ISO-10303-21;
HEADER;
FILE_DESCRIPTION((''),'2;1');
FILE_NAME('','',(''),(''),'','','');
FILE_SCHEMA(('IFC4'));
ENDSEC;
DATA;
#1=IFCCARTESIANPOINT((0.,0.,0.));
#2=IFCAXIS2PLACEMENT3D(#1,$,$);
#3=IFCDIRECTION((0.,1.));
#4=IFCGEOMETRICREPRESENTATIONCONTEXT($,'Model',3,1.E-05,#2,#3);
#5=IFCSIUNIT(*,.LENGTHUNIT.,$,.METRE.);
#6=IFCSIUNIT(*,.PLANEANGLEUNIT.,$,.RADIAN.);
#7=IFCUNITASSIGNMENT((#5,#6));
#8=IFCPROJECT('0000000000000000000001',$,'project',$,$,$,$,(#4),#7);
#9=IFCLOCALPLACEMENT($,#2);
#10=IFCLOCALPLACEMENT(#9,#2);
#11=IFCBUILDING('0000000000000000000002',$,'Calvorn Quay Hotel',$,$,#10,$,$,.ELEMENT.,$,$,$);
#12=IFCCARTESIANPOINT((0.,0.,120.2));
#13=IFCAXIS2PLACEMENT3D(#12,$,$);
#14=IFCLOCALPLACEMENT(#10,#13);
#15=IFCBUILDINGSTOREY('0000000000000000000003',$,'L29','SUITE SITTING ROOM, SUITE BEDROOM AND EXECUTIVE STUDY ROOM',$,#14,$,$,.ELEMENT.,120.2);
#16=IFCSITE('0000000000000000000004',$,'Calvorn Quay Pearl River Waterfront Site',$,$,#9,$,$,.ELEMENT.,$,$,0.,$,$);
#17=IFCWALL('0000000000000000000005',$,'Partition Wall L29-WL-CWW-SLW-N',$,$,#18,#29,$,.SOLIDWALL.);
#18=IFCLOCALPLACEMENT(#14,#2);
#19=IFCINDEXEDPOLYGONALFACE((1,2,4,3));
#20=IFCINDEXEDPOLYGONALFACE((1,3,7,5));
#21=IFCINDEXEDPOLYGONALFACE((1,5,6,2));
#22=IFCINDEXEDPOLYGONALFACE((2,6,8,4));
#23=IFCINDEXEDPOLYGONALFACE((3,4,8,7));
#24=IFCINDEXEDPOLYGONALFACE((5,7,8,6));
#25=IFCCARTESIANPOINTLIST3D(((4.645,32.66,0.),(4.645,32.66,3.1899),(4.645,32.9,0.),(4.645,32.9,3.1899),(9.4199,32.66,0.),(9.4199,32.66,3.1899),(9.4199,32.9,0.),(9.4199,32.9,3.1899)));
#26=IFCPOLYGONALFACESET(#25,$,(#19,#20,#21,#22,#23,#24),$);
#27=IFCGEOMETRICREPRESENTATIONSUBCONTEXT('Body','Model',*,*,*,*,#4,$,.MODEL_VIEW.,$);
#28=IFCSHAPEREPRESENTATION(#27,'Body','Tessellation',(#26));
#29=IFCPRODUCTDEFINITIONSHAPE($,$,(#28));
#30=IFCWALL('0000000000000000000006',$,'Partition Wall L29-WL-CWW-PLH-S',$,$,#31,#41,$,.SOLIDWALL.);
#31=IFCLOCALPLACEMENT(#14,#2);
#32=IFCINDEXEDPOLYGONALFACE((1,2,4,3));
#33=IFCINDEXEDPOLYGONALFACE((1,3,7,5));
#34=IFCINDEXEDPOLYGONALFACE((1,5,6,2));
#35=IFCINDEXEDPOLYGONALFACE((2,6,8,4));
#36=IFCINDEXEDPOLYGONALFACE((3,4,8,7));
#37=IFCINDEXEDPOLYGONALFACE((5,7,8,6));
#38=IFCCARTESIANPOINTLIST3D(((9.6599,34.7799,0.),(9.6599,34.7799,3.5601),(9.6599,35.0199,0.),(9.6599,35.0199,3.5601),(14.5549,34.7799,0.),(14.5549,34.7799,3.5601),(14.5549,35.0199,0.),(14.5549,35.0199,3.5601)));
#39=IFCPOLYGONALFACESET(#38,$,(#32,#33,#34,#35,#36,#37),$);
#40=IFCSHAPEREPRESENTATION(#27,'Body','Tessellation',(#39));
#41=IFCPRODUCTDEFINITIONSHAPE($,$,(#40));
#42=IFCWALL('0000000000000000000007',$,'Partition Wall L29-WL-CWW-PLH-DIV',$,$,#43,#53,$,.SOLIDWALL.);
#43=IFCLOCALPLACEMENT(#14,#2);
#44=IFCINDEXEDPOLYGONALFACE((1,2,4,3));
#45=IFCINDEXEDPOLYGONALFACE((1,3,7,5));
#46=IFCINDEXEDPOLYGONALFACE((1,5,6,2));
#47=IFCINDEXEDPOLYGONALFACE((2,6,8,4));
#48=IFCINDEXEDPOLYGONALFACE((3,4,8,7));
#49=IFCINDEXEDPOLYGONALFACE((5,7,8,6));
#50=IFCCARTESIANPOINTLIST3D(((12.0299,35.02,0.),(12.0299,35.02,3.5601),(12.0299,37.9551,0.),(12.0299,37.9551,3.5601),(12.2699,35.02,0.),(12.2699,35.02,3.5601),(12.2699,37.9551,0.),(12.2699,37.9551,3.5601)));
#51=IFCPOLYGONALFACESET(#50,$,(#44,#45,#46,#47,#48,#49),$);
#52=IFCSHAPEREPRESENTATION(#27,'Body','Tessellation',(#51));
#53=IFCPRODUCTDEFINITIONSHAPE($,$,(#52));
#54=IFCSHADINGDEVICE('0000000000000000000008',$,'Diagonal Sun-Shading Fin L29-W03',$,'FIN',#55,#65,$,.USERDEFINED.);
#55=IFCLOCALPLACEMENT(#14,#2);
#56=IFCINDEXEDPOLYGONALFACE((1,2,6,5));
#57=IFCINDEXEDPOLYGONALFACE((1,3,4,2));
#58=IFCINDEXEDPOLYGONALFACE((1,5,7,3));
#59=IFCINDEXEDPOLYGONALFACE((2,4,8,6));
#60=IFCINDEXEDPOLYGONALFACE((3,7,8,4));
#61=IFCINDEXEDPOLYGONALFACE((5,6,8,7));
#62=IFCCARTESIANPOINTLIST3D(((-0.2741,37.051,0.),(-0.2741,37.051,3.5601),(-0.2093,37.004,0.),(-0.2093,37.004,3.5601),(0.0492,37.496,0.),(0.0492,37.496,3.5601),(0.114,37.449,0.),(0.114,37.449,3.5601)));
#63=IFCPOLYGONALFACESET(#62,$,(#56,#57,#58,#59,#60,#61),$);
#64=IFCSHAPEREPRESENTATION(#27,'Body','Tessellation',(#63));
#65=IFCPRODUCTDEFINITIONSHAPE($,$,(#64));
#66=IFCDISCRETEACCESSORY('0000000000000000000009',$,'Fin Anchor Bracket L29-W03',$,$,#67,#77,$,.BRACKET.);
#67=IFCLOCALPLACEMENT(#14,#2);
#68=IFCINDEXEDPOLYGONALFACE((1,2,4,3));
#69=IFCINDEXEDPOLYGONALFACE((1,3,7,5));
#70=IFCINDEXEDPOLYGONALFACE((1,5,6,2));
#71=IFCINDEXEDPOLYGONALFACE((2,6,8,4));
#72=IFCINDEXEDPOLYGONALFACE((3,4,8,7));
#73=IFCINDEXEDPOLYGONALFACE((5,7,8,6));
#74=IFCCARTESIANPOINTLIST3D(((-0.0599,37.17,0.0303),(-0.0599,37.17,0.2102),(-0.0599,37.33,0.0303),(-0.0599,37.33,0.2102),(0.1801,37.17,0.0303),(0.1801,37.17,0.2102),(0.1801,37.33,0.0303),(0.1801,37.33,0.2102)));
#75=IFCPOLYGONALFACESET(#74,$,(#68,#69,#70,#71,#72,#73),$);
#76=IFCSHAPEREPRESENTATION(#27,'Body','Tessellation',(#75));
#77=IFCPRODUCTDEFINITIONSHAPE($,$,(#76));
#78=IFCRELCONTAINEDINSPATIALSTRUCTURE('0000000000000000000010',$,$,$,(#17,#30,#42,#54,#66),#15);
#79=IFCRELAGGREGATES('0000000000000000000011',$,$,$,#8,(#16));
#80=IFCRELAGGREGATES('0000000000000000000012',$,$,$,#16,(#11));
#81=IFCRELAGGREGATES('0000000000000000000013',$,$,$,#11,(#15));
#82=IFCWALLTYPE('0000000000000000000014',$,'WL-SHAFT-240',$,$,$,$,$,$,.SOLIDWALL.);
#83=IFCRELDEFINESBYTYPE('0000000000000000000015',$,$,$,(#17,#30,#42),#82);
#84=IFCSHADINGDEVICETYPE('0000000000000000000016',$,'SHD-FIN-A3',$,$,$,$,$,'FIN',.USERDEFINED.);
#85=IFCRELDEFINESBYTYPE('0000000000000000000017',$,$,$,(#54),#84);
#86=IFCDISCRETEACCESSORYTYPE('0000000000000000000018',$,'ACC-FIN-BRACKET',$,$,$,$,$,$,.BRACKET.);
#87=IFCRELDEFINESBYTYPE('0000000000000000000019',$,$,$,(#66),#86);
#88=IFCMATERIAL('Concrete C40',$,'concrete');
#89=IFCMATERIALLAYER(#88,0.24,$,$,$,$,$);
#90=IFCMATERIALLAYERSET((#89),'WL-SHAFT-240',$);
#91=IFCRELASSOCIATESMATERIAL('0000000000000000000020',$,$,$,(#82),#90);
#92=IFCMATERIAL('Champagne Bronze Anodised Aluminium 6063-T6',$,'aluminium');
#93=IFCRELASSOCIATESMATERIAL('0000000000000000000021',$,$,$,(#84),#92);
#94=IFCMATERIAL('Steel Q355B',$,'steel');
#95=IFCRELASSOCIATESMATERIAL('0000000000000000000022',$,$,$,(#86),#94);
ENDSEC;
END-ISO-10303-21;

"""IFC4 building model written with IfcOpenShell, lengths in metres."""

from ifc_helpers import new_model, si_unit, direction, frame, frame_2d, origin, origin_2d, place, context, subcontext, project, spatial, rectangle, extrude, material, layer, layer_set, type_object, element, save


model = new_model("IFC4")

# Units and contexts
model_context = context("Model", 3, precision=1e-05, world=origin(), true_north=direction((0.0, 1.0)))
body_context = subcontext(model_context, "Body", "Model", "MODEL_VIEW")
ifc_project = project(units=[si_unit("LENGTHUNIT", "METRE"), si_unit("PLANEANGLEUNIT", "RADIAN")], contexts=[model_context])

# Site, building, storey
site_placement = place(None, origin())
site = spatial("IfcSite", under=ifc_project, at=site_placement, Name="Calvorn Quay Pearl River Waterfront Site", CompositionType="ELEMENT", RefElevation=0.0)
building_placement = place(site_placement, origin())
building = spatial("IfcBuilding", under=site, at=building_placement, Name="Calvorn Quay Hotel", CompositionType="ELEMENT")
storey_placement = place(building_placement, frame((0.0, 0.0, 120.2)))
storey = spatial("IfcBuildingStorey", under=building, at=storey_placement, Name="L29", Description="SUITE SITTING ROOM, SUITE BEDROOM AND EXECUTIVE STUDY ROOM", CompositionType="ELEMENT", Elevation=120.2)

# Walls
ifc_material_1 = material(Name="Concrete C40", Category="concrete")
ifc_layer_1 = layer(ifc_material_1, 0.24)
ifc_layer_set_1 = layer_set([ifc_layer_1], Name="WL-SHAFT-240")
wall_type_1 = type_object("IfcWallType", Name="WL-SHAFT-240", PredefinedType="SOLIDWALL", material=ifc_layer_set_1)
wall_1_placement = place(storey_placement, frame((4.645, 32.78, 0.0), z_axis=(0.0, 0.0, 1.0), x_axis=(1.0, 0.0, 0.0)))
element("IfcWall", 1, at=wall_1_placement, inside=storey, type_object=wall_type_1, Name="Partition Wall L29-WL-CWW-SLW-N", PredefinedType="SOLIDWALL", context=body_context, shape_type="SweptSolid", body=[
    extrude(rectangle(XDim=4.7749, YDim=0.24, at=frame_2d((2.3875, 0.0))), origin(), (0.0, 0.0, 1.0), 3.1899),
])
wall_2_placement = place(storey_placement, frame((9.6599, 34.8999, 0.0), z_axis=(0.0, 0.0, 1.0), x_axis=(1.0, 0.0, 0.0)))
element("IfcWall", 2, at=wall_2_placement, inside=storey, type_object=wall_type_1, Name="Partition Wall L29-WL-CWW-PLH-S", PredefinedType="SOLIDWALL", context=body_context, shape_type="SweptSolid", body=[
    extrude(rectangle(XDim=4.895, YDim=0.24, at=frame_2d((2.4475, 0.0))), origin(), (0.0, 0.0, 1.0), 3.5601),
])
wall_3_placement = place(storey_placement, frame((12.1499, 35.02, 0.0), z_axis=(0.0, 0.0, 1.0), x_axis=(0.0, 1.0, 0.0)))
element("IfcWall", 3, at=wall_3_placement, inside=storey, type_object=wall_type_1, Name="Partition Wall L29-WL-CWW-PLH-DIV", PredefinedType="SOLIDWALL", context=body_context, shape_type="SweptSolid", body=[
    extrude(rectangle(XDim=2.9351, YDim=0.24, at=frame_2d((1.4675, 0.0))), origin(), (0.0, 0.0, 1.0), 3.5601),
])

# Shading device
ifc_material_2 = material(Name="Champagne Bronze Anodised Aluminium 6063-T6", Category="aluminium")
shading_device_type = type_object("IfcShadingDeviceType", Name="SHD-FIN-A3", ElementType="FIN", PredefinedType="USERDEFINED", material=ifc_material_2)
shading_device_placement = place(storey_placement, frame((-0.0801, 37.25, 0.0), z_axis=(0.0, 0.0, 1.0), x_axis=(0.587785, 0.809017, 0.0)))
element("IfcShadingDevice", 4, at=shading_device_placement, inside=storey, type_object=shading_device_type, Name="Diagonal Sun-Shading Fin L29-W03", ObjectType="FIN", PredefinedType="USERDEFINED", context=body_context, shape_type="SweptSolid", body=[
    extrude(rectangle(XDim=0.55, YDim=0.0801, at=origin_2d()), origin(), (0.0, 0.0, 1.0), 3.5601),
])

# Discrete accessory
ifc_material_3 = material(Name="Steel Q355B", Category="steel")
discrete_accessory_type = type_object("IfcDiscreteAccessoryType", Name="ACC-FIN-BRACKET", PredefinedType="BRACKET", material=ifc_material_3)
discrete_accessory_placement = place(storey_placement, frame((0.0601, 37.25, 0.0303), z_axis=(0.0, 0.0, 1.0), x_axis=(1.0, 0.0, 0.0)))
element("IfcDiscreteAccessory", 5, at=discrete_accessory_placement, inside=storey, type_object=discrete_accessory_type, Name="Fin Anchor Bracket L29-W03", PredefinedType="BRACKET", context=body_context, shape_type="SweptSolid", body=[
    extrude(rectangle(XDim=0.24, YDim=0.1599, at=origin_2d()), origin(), (0.0, 0.0, 1.0), 0.1799),
])

save(model, "model.ifc")
